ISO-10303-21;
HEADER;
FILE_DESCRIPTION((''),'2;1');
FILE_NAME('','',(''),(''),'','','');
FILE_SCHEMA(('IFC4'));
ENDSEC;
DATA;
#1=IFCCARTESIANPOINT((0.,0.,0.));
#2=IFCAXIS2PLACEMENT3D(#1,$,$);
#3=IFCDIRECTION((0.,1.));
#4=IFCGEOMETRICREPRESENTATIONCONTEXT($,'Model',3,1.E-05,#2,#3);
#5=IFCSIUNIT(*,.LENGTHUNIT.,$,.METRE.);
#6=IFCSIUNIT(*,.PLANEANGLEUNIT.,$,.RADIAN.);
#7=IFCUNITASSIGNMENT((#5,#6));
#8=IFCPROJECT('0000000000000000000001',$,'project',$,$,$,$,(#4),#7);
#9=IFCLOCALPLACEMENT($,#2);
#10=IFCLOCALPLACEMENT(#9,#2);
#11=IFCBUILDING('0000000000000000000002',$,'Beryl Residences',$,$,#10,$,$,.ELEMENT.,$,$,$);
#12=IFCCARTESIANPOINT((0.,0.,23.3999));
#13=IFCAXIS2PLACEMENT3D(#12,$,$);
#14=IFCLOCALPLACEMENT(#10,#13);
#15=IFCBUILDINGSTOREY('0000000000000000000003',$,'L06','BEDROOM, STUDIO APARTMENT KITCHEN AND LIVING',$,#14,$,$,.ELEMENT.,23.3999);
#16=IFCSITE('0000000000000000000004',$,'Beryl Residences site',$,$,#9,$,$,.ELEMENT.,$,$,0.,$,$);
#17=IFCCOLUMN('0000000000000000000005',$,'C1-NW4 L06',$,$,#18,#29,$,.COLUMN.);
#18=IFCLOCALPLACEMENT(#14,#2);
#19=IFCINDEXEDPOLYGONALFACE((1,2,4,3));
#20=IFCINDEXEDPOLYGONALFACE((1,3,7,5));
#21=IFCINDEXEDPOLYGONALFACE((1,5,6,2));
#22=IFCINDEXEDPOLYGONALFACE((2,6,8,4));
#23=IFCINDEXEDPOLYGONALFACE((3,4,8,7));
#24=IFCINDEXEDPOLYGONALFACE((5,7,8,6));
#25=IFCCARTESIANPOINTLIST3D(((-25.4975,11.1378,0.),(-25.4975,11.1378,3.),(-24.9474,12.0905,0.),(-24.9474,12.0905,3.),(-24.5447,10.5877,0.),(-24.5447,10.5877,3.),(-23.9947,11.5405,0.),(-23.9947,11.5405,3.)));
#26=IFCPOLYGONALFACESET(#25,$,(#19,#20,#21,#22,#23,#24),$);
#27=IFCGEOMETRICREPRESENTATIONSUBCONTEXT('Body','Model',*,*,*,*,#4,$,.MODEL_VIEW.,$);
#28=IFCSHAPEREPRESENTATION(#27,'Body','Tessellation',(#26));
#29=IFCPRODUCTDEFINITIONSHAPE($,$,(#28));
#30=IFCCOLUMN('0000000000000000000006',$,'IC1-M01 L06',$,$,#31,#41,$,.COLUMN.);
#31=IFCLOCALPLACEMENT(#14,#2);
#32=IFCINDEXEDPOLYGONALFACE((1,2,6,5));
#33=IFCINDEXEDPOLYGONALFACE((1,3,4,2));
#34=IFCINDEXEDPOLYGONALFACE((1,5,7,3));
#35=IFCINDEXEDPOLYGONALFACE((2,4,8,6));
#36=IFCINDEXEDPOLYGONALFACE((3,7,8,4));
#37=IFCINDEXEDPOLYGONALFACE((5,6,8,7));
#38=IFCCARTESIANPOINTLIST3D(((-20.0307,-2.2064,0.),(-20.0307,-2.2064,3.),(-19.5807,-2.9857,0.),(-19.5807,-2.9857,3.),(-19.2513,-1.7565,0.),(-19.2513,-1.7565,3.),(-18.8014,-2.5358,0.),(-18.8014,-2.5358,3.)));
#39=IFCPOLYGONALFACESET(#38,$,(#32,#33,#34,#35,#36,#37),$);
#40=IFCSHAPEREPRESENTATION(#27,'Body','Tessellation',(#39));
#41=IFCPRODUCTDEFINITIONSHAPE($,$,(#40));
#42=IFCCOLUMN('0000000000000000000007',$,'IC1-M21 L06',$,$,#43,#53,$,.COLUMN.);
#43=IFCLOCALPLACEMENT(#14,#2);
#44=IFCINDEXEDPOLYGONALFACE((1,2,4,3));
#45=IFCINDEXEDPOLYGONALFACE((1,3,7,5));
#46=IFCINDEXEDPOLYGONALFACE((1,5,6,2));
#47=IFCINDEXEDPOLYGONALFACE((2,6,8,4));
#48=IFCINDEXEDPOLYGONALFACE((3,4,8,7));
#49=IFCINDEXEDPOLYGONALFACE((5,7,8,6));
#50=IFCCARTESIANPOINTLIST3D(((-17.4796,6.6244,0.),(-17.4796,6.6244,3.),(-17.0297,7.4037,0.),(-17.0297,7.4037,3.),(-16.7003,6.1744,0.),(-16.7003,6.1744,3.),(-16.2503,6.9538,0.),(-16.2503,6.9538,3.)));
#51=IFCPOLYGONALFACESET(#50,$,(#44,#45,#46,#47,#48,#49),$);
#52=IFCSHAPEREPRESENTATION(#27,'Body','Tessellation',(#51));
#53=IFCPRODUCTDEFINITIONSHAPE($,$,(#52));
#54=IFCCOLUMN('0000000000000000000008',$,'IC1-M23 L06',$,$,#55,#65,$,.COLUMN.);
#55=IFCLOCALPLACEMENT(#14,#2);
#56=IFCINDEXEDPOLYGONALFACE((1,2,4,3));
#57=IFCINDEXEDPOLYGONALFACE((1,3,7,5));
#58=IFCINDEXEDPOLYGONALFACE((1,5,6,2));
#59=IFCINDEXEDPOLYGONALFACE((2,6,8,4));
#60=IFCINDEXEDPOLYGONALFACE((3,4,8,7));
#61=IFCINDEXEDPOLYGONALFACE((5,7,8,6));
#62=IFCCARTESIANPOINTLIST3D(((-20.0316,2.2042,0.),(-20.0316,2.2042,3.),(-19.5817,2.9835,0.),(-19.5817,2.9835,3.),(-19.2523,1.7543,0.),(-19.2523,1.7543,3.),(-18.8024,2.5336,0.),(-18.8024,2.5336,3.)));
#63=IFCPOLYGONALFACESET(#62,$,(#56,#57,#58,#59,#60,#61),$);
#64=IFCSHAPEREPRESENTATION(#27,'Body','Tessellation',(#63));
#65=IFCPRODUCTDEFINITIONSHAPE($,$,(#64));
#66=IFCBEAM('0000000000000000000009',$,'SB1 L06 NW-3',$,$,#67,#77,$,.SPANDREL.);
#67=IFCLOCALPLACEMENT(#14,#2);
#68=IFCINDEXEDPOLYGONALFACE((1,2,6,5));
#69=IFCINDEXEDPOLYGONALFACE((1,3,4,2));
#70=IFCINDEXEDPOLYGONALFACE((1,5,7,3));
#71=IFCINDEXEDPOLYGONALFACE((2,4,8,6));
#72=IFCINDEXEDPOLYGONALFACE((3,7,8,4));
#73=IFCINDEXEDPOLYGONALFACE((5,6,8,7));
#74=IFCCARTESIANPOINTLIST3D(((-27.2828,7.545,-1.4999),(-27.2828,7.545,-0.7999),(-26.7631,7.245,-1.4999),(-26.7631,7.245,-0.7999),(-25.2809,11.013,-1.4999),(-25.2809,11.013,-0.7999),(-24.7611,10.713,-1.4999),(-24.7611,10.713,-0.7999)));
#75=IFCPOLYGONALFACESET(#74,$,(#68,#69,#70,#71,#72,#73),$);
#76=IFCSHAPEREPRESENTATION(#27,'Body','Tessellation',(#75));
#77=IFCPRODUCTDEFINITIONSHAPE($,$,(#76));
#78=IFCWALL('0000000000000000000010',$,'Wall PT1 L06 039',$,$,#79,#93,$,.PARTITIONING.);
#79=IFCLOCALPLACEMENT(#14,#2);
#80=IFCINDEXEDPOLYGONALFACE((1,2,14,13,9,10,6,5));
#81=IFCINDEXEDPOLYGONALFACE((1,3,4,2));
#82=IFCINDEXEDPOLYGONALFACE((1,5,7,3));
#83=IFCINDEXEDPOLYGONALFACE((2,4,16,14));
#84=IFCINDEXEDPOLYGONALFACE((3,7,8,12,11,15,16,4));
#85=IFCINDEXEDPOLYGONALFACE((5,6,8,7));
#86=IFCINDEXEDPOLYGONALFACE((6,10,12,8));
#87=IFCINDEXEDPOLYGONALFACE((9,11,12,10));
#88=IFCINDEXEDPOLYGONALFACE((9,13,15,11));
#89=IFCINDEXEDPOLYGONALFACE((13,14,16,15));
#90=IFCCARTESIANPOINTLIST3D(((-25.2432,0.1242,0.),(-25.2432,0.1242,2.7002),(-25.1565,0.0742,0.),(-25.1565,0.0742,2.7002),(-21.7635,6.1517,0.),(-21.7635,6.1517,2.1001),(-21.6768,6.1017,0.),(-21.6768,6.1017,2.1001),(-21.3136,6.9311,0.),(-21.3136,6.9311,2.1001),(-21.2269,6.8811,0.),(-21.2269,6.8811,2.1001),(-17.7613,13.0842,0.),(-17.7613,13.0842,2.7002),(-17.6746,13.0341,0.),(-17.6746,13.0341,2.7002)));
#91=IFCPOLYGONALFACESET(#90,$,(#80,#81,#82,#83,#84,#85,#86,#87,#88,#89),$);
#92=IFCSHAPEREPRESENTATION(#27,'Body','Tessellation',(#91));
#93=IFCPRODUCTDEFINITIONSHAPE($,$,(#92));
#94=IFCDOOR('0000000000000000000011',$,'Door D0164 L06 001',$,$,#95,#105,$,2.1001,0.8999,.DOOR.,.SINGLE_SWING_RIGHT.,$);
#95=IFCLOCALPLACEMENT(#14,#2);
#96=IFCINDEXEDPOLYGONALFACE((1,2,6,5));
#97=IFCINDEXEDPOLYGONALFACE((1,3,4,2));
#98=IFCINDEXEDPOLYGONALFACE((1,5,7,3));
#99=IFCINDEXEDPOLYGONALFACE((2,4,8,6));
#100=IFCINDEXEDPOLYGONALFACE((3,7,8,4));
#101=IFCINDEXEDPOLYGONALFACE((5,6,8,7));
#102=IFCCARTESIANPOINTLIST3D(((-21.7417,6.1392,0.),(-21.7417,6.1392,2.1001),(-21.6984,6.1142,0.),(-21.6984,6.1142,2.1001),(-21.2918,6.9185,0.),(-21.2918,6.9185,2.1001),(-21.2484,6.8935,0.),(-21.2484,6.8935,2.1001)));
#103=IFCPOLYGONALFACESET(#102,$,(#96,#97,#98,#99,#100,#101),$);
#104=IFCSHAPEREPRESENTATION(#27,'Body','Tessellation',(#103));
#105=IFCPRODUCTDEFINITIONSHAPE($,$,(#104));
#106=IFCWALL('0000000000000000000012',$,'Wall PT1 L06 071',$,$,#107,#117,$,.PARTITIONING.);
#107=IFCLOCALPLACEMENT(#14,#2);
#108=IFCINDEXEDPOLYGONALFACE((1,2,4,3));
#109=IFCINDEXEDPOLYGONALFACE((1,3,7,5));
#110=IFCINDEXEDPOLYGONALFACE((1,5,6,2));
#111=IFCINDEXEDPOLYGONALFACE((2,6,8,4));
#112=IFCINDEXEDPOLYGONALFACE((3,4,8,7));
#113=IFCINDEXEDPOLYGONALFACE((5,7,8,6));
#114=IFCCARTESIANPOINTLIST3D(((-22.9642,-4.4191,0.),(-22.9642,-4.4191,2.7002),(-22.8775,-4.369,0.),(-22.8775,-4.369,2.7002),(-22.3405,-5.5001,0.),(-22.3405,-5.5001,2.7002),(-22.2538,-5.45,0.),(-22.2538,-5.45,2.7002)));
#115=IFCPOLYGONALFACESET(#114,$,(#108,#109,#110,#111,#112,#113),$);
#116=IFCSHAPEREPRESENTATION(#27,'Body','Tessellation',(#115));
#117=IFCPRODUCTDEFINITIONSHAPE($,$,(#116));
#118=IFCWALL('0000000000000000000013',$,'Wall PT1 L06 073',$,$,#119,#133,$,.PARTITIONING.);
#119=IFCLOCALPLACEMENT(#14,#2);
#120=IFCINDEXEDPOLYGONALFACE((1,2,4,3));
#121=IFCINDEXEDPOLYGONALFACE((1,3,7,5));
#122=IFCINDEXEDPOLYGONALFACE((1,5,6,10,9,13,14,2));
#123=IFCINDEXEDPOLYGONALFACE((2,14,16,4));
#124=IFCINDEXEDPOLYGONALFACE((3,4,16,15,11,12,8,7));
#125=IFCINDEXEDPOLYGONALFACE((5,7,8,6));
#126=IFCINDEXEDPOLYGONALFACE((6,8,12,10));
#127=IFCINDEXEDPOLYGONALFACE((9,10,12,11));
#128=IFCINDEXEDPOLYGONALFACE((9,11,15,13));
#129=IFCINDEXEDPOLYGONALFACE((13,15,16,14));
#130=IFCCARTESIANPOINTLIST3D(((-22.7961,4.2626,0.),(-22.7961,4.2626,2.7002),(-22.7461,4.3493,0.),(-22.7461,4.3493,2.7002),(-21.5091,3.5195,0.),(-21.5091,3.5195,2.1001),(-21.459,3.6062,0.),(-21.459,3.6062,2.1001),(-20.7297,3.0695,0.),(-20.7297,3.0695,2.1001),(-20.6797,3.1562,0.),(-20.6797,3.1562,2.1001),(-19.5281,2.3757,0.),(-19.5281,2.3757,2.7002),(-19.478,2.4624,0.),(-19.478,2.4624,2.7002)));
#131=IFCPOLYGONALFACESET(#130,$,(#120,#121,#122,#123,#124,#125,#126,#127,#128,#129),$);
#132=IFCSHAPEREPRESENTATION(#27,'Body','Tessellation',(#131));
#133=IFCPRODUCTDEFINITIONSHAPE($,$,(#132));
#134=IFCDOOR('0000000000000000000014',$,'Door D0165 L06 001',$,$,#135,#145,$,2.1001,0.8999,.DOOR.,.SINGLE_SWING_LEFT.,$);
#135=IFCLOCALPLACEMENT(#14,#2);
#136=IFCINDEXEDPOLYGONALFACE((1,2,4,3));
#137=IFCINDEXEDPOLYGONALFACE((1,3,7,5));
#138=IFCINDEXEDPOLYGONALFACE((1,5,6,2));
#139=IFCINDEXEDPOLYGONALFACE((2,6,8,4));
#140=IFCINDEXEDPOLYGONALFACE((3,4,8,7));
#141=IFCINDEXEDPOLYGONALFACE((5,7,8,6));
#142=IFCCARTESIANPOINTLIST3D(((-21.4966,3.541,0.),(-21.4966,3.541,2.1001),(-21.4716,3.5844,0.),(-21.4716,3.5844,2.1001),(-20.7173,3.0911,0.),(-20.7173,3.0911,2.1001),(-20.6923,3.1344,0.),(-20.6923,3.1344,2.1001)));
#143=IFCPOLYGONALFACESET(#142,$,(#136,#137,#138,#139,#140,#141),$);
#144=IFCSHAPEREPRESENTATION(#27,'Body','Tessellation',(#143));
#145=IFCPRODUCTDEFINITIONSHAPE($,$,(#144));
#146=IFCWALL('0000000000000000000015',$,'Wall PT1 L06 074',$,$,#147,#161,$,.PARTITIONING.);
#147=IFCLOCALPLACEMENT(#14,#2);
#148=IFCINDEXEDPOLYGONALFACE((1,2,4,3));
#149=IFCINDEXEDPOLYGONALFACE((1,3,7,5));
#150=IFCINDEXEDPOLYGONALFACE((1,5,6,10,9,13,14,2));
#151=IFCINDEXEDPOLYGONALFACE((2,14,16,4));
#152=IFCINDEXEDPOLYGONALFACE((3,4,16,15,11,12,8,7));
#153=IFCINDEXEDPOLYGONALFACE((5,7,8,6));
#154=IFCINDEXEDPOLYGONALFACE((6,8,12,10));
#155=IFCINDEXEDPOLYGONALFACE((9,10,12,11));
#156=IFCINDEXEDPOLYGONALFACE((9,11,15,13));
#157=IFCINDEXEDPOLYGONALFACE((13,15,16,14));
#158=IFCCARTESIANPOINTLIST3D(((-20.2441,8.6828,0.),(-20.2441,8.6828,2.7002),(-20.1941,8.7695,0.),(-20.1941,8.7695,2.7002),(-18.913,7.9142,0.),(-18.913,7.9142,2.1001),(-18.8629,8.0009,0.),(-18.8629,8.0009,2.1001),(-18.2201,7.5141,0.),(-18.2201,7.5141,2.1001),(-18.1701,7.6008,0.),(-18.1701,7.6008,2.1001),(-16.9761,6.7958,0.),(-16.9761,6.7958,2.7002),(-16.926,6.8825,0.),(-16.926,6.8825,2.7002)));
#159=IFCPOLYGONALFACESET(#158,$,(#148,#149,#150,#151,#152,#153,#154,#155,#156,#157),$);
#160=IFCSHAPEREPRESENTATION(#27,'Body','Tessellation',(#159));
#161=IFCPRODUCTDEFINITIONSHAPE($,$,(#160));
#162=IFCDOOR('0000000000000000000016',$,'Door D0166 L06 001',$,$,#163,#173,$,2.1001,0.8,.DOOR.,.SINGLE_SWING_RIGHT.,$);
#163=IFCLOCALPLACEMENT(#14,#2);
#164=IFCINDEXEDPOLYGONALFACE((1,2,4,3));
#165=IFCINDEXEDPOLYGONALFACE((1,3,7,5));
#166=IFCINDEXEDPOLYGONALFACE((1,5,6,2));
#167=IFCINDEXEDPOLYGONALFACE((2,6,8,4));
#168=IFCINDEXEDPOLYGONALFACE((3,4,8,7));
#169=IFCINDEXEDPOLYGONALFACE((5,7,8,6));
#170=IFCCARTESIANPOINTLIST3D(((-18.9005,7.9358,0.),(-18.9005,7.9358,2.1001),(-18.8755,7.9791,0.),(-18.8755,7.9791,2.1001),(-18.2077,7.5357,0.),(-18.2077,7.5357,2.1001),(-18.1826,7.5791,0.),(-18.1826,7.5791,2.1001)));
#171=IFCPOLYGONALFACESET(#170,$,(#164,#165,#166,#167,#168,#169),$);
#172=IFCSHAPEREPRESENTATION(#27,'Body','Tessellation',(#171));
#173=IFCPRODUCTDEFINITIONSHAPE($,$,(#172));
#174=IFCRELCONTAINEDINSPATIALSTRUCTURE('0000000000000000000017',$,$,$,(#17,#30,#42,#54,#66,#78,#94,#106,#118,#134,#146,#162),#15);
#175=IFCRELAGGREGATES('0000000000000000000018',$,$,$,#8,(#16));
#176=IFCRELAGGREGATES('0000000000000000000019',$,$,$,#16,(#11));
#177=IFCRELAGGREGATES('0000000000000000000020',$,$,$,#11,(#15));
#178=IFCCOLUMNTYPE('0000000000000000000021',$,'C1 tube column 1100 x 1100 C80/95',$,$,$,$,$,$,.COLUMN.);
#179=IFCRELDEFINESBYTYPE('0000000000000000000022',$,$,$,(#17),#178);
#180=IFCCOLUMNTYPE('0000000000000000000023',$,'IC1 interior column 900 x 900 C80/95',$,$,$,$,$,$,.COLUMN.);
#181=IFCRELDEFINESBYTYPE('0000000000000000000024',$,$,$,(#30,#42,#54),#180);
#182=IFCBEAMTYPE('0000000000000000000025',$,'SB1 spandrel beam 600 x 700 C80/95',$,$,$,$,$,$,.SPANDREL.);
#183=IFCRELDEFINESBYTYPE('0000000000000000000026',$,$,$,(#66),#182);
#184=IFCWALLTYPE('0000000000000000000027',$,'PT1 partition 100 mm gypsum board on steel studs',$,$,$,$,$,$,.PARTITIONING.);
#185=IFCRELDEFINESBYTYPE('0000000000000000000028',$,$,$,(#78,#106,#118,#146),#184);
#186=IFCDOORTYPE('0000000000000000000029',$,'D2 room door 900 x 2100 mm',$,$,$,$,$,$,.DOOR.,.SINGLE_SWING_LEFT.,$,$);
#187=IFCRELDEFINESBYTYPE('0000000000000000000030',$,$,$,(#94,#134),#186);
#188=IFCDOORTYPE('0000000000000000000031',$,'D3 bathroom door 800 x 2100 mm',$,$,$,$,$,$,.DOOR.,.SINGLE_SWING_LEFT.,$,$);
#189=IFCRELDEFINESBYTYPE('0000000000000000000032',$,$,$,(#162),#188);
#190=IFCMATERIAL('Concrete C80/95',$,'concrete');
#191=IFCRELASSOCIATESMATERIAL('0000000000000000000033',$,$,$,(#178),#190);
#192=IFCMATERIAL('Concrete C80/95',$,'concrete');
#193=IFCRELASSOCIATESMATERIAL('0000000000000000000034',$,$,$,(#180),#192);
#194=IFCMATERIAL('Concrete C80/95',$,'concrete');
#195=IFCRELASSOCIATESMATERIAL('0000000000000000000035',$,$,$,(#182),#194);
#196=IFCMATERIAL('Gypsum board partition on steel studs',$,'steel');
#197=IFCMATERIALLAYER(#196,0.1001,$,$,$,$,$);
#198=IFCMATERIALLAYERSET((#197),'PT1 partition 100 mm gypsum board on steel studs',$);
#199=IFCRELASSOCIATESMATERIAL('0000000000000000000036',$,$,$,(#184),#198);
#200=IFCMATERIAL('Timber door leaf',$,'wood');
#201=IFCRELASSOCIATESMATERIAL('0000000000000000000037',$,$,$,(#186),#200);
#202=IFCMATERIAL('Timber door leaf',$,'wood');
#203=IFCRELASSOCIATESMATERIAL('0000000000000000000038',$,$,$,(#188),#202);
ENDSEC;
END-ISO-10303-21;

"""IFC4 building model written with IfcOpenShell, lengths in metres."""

from ifc_helpers import new_model, si_unit, direction, frame, frame_2d, origin, origin_2d, place, context, subcontext, project, spatial, rectangle, extrude, material, layer, layer_set, material_profile, profile_set, type_object, element, fill, save


model = new_model("IFC4")

# Units and contexts
model_context = context("Model", 3, precision=1e-05, world=origin(), true_north=direction((0.0, 1.0)))
body_context = subcontext(model_context, "Body", "Model", "MODEL_VIEW")
ifc_project = project(units=[si_unit("LENGTHUNIT", "METRE"), si_unit("PLANEANGLEUNIT", "RADIAN")], contexts=[model_context])

# Site, building, storey
site_placement = place(None, origin())
site = spatial("IfcSite", under=ifc_project, at=site_placement, Name="Beryl Residences site", CompositionType="ELEMENT", RefElevation=0.0)
building_placement = place(site_placement, origin())
building = spatial("IfcBuilding", under=site, at=building_placement, Name="Beryl Residences", CompositionType="ELEMENT")
storey_placement = place(building_placement, frame((0.0, 0.0, 23.3999)))
storey = spatial("IfcBuildingStorey", under=building, at=storey_placement, Name="L06", Description="BEDROOM, STUDIO APARTMENT KITCHEN AND LIVING", CompositionType="ELEMENT", Elevation=23.3999)

# Columns
ifc_material_1 = material(Name="Concrete C80/95", Category="concrete")
ifc_material_profile_1 = material_profile(ifc_material_1, rectangle(XDim=1.1001, YDim=1.1001, at=origin_2d()))
ifc_profile_set_1 = profile_set([ifc_material_profile_1], Name="Concrete C80/95")
column_type_1 = type_object("IfcColumnType", Name="C1 tube column 1100 x 1100 C80/95", PredefinedType="COLUMN", material=ifc_profile_set_1)
column_placement = place(storey_placement, frame((-24.7461, 11.3391, 0.0), z_axis=(0.0, 0.0, 1.0), x_axis=(-0.499985, -0.866034, 0.0)))
element("IfcColumn", 1, at=column_placement, inside=storey, type_object=column_type_1, Name="C1-NW4 L06", PredefinedType="COLUMN", context=body_context, shape_type="SweptSolid", body=[
    extrude(rectangle(XDim=1.1001, YDim=1.1001, at=origin_2d()), origin(), (0.0, 0.0, 1.0), 3.0),
])
ifc_material_2 = material(Name="Concrete C80/95", Category="concrete")
ifc_material_profile_2 = material_profile(ifc_material_2, rectangle(XDim=0.8999, YDim=0.8999, at=origin_2d()))
ifc_profile_set_2 = profile_set([ifc_material_profile_2], Name="Concrete C80/95")
column_type_2 = type_object("IfcColumnType", Name="IC1 interior column 900 x 900 C80/95", PredefinedType="COLUMN", material=ifc_profile_set_2)
for number, where, z_axis, x_axis, name in (
    (2, (-19.416, -2.3711, 0.0), (0.0, 0.0, 1.0), (0.499985, -0.866034, 0.0), "IC1-M01 L06"),
    (3, (-16.865, 6.7891, 0.0), (0.0, 0.0, 1.0), (-0.499985, -0.866034, 0.0), "IC1-M21 L06"),
    (4, (-19.417, 2.3689, 0.0), (0.0, 0.0, 1.0), (-0.499985, -0.866034, 0.0), "IC1-M23 L06"),
):
    element("IfcColumn", number, at=place(storey_placement, frame(where, z_axis=z_axis, x_axis=x_axis)), inside=storey, type_object=column_type_2, Name=name, PredefinedType="COLUMN", context=body_context, shape_type="SweptSolid", body=[
        extrude(rectangle(XDim=0.8999, YDim=0.8999, at=origin_2d()), origin(), (0.0, 0.0, 1.0), 3.0),
    ])

# Beam
ifc_material_3 = material(Name="Concrete C80/95", Category="concrete")
ifc_material_profile_3 = material_profile(ifc_material_3, rectangle(XDim=0.6001, YDim=0.7, at=origin_2d()))
ifc_profile_set_3 = profile_set([ifc_material_profile_3], Name="Concrete C80/95")
beam_type = type_object("IfcBeamType", Name="SB1 spandrel beam 600 x 700 C80/95", PredefinedType="SPANDREL", material=ifc_profile_set_3)
beam_placement = place(storey_placement, frame((-25.021, 10.863, -1.1499), z_axis=(-0.499942, -0.866059, 0.0), x_axis=(0.866059, -0.499942, 0.0)))
element("IfcBeam", 5, at=beam_placement, inside=storey, type_object=beam_type, Name="SB1 L06 NW-3", PredefinedType="SPANDREL", context=body_context, shape_type="SweptSolid", body=[
    extrude(rectangle(XDim=0.6001, YDim=0.7, at=origin_2d()), origin(), (0.0, 0.0, 1.0), 4.0044),
])

# Wall, opening, door
ifc_material_4 = material(Name="Gypsum board partition on steel studs", Category="steel")
ifc_layer_1 = layer(ifc_material_4, 0.1001)
ifc_layer_set_1 = layer_set([ifc_layer_1], Name="PT1 partition 100 mm gypsum board on steel studs")
wall_type_1 = type_object("IfcWallType", Name="PT1 partition 100 mm gypsum board on steel studs", PredefinedType="PARTITIONING", material=ifc_layer_set_1)
wall_1_placement = place(storey_placement, frame((-25.2, 0.0991, 0.0), z_axis=(0.0, 0.0, 1.0), x_axis=(0.499975, 0.86604, 0.0)))
wall_1 = element("IfcWall", 6, at=wall_1_placement, inside=storey, type_object=wall_type_1, Name="Wall PT1 L06 039", PredefinedType="PARTITIONING", context=body_context, shape_type="SweptSolid", body=[
    extrude(rectangle(XDim=14.9646, YDim=0.1001, at=frame_2d((7.4824, 0.0))), origin(), (0.0, 0.0, 1.0), 2.7002),
])
opening_1_placement = place(wall_1_placement, frame((6.96, 0.0, 0.0)))
opening_1 = element("IfcOpeningElement", 7, at=opening_1_placement, cuts=wall_1, PredefinedType="OPENING", context=body_context, shape_type="SweptSolid", body=[
    extrude(rectangle(XDim=0.8999, YDim=2.1001, at=frame_2d((0.45, 1.05))), frame((0.0, 0.0601, 0.0), z_axis=(0.0, -1.0, 0.0), x_axis=(1.0, 0.0, 0.0)), (0.0, 0.0, 1.0), 0.1201),
])
ifc_material_5 = material(Name="Timber door leaf", Category="wood")
door_type_1 = type_object("IfcDoorType", Name="D2 room door 900 x 2100 mm", OperationType="SINGLE_SWING_LEFT", PredefinedType="DOOR", material=ifc_material_5)
door_1_placement = place(opening_1_placement, origin())
door_1 = element("IfcDoor", 8, at=door_1_placement, inside=storey, type_object=door_type_1, Name="Door D0164 L06 001", OperationType="SINGLE_SWING_RIGHT", OverallHeight=2.1001, OverallWidth=0.8999, PredefinedType="DOOR", context=body_context, shape_type="SweptSolid", body=[
    extrude(rectangle(XDim=0.8999, YDim=2.1001, at=frame_2d((0.45, 1.05))), frame((0.0, 0.0249, 0.0), z_axis=(0.0, -1.0, 0.0), x_axis=(1.0, 0.0, 0.0)), (0.0, 0.0, 1.0), 0.05),
])
fill(opening_1, door_1)

# Wall
wall_2_placement = place(storey_placement, frame((-22.9209, -4.394, 0.0), z_axis=(0.0, 0.0, 1.0), x_axis=(0.499779, -0.866153, 0.0)))
element("IfcWall", 9, at=wall_2_placement, inside=storey, type_object=wall_type_1, Name="Wall PT1 L06 071", PredefinedType="PARTITIONING", context=body_context, shape_type="SweptSolid", body=[
    extrude(rectangle(XDim=1.248, YDim=0.1001, at=frame_2d((0.624, 0.0))), origin(), (0.0, 0.0, 1.0), 2.7002),
])

# Walls, openings, doors
wall_3_placement = place(storey_placement, frame((-22.771, 4.3059, 0.0), z_axis=(0.0, 0.0, 1.0), x_axis=(0.866009, -0.500029, 0.0)))
wall_3 = element("IfcWall", 10, at=wall_3_placement, inside=storey, type_object=wall_type_1, Name="Wall PT1 L06 073", PredefinedType="PARTITIONING", context=body_context, shape_type="SweptSolid", body=[
    extrude(rectangle(XDim=3.7737, YDim=0.1001, at=frame_2d((1.8867, 0.0))), origin(), (0.0, 0.0, 1.0), 2.7002),
])
opening_2_placement = place(wall_3_placement, frame((1.4861, 0.0, 0.0)))
opening_2 = element("IfcOpeningElement", 11, at=opening_2_placement, cuts=wall_3, PredefinedType="OPENING", context=body_context, shape_type="SweptSolid", body=[
    extrude(rectangle(XDim=0.8999, YDim=2.1001, at=frame_2d((0.45, 1.05))), frame((0.0, 0.0601, 0.0), z_axis=(0.0, -1.0, 0.0), x_axis=(1.0, 0.0, 0.0)), (0.0, 0.0, 1.0), 0.1201),
])
door_2_placement = place(opening_2_placement, origin())
door_2 = element("IfcDoor", 12, at=door_2_placement, inside=storey, type_object=door_type_1, Name="Door D0165 L06 001", OperationType="SINGLE_SWING_LEFT", OverallHeight=2.1001, OverallWidth=0.8999, PredefinedType="DOOR", context=body_context, shape_type="SweptSolid", body=[
    extrude(rectangle(XDim=0.8999, YDim=2.1001, at=frame_2d((0.45, 1.05))), frame((0.0, 0.0249, 0.0), z_axis=(0.0, -1.0, 0.0), x_axis=(1.0, 0.0, 0.0)), (0.0, 0.0, 1.0), 0.05),
])
fill(opening_2, door_2)
wall_4_placement = place(storey_placement, frame((-20.219, 8.7261, 0.0), z_axis=(0.0, 0.0, 1.0), x_axis=(0.866009, -0.500029, 0.0)))
wall_4 = element("IfcWall", 13, at=wall_4_placement, inside=storey, type_object=wall_type_1, Name="Wall PT1 L06 074", PredefinedType="PARTITIONING", context=body_context, shape_type="SweptSolid", body=[
    extrude(rectangle(XDim=3.7737, YDim=0.1001, at=frame_2d((1.8867, 0.0))), origin(), (0.0, 0.0, 1.0), 2.7002),
])
opening_3_placement = place(wall_4_placement, frame((1.5371, 0.0, 0.0)))
opening_3 = element("IfcOpeningElement", 14, at=opening_3_placement, cuts=wall_4, PredefinedType="OPENING", context=body_context, shape_type="SweptSolid", body=[
    extrude(rectangle(XDim=0.8, YDim=2.1001, at=frame_2d((0.3999, 1.05))), frame((0.0, 0.0601, 0.0), z_axis=(0.0, -1.0, 0.0), x_axis=(1.0, 0.0, 0.0)), (0.0, 0.0, 1.0), 0.1201),
])
ifc_material_6 = material(Name="Timber door leaf", Category="wood")
door_type_2 = type_object("IfcDoorType", Name="D3 bathroom door 800 x 2100 mm", OperationType="SINGLE_SWING_LEFT", PredefinedType="DOOR", material=ifc_material_6)
door_3_placement = place(opening_3_placement, origin())
door_3 = element("IfcDoor", 15, at=door_3_placement, inside=storey, type_object=door_type_2, Name="Door D0166 L06 001", OperationType="SINGLE_SWING_RIGHT", OverallHeight=2.1001, OverallWidth=0.8, PredefinedType="DOOR", context=body_context, shape_type="SweptSolid", body=[
    extrude(rectangle(XDim=0.8, YDim=2.1001, at=frame_2d((0.3999, 1.05))), frame((0.0, 0.0249, 0.0), z_axis=(0.0, -1.0, 0.0), x_axis=(1.0, 0.0, 0.0)), (0.0, 0.0, 1.0), 0.05),
])
fill(opening_3, door_3)

save(model, "model.ifc")
